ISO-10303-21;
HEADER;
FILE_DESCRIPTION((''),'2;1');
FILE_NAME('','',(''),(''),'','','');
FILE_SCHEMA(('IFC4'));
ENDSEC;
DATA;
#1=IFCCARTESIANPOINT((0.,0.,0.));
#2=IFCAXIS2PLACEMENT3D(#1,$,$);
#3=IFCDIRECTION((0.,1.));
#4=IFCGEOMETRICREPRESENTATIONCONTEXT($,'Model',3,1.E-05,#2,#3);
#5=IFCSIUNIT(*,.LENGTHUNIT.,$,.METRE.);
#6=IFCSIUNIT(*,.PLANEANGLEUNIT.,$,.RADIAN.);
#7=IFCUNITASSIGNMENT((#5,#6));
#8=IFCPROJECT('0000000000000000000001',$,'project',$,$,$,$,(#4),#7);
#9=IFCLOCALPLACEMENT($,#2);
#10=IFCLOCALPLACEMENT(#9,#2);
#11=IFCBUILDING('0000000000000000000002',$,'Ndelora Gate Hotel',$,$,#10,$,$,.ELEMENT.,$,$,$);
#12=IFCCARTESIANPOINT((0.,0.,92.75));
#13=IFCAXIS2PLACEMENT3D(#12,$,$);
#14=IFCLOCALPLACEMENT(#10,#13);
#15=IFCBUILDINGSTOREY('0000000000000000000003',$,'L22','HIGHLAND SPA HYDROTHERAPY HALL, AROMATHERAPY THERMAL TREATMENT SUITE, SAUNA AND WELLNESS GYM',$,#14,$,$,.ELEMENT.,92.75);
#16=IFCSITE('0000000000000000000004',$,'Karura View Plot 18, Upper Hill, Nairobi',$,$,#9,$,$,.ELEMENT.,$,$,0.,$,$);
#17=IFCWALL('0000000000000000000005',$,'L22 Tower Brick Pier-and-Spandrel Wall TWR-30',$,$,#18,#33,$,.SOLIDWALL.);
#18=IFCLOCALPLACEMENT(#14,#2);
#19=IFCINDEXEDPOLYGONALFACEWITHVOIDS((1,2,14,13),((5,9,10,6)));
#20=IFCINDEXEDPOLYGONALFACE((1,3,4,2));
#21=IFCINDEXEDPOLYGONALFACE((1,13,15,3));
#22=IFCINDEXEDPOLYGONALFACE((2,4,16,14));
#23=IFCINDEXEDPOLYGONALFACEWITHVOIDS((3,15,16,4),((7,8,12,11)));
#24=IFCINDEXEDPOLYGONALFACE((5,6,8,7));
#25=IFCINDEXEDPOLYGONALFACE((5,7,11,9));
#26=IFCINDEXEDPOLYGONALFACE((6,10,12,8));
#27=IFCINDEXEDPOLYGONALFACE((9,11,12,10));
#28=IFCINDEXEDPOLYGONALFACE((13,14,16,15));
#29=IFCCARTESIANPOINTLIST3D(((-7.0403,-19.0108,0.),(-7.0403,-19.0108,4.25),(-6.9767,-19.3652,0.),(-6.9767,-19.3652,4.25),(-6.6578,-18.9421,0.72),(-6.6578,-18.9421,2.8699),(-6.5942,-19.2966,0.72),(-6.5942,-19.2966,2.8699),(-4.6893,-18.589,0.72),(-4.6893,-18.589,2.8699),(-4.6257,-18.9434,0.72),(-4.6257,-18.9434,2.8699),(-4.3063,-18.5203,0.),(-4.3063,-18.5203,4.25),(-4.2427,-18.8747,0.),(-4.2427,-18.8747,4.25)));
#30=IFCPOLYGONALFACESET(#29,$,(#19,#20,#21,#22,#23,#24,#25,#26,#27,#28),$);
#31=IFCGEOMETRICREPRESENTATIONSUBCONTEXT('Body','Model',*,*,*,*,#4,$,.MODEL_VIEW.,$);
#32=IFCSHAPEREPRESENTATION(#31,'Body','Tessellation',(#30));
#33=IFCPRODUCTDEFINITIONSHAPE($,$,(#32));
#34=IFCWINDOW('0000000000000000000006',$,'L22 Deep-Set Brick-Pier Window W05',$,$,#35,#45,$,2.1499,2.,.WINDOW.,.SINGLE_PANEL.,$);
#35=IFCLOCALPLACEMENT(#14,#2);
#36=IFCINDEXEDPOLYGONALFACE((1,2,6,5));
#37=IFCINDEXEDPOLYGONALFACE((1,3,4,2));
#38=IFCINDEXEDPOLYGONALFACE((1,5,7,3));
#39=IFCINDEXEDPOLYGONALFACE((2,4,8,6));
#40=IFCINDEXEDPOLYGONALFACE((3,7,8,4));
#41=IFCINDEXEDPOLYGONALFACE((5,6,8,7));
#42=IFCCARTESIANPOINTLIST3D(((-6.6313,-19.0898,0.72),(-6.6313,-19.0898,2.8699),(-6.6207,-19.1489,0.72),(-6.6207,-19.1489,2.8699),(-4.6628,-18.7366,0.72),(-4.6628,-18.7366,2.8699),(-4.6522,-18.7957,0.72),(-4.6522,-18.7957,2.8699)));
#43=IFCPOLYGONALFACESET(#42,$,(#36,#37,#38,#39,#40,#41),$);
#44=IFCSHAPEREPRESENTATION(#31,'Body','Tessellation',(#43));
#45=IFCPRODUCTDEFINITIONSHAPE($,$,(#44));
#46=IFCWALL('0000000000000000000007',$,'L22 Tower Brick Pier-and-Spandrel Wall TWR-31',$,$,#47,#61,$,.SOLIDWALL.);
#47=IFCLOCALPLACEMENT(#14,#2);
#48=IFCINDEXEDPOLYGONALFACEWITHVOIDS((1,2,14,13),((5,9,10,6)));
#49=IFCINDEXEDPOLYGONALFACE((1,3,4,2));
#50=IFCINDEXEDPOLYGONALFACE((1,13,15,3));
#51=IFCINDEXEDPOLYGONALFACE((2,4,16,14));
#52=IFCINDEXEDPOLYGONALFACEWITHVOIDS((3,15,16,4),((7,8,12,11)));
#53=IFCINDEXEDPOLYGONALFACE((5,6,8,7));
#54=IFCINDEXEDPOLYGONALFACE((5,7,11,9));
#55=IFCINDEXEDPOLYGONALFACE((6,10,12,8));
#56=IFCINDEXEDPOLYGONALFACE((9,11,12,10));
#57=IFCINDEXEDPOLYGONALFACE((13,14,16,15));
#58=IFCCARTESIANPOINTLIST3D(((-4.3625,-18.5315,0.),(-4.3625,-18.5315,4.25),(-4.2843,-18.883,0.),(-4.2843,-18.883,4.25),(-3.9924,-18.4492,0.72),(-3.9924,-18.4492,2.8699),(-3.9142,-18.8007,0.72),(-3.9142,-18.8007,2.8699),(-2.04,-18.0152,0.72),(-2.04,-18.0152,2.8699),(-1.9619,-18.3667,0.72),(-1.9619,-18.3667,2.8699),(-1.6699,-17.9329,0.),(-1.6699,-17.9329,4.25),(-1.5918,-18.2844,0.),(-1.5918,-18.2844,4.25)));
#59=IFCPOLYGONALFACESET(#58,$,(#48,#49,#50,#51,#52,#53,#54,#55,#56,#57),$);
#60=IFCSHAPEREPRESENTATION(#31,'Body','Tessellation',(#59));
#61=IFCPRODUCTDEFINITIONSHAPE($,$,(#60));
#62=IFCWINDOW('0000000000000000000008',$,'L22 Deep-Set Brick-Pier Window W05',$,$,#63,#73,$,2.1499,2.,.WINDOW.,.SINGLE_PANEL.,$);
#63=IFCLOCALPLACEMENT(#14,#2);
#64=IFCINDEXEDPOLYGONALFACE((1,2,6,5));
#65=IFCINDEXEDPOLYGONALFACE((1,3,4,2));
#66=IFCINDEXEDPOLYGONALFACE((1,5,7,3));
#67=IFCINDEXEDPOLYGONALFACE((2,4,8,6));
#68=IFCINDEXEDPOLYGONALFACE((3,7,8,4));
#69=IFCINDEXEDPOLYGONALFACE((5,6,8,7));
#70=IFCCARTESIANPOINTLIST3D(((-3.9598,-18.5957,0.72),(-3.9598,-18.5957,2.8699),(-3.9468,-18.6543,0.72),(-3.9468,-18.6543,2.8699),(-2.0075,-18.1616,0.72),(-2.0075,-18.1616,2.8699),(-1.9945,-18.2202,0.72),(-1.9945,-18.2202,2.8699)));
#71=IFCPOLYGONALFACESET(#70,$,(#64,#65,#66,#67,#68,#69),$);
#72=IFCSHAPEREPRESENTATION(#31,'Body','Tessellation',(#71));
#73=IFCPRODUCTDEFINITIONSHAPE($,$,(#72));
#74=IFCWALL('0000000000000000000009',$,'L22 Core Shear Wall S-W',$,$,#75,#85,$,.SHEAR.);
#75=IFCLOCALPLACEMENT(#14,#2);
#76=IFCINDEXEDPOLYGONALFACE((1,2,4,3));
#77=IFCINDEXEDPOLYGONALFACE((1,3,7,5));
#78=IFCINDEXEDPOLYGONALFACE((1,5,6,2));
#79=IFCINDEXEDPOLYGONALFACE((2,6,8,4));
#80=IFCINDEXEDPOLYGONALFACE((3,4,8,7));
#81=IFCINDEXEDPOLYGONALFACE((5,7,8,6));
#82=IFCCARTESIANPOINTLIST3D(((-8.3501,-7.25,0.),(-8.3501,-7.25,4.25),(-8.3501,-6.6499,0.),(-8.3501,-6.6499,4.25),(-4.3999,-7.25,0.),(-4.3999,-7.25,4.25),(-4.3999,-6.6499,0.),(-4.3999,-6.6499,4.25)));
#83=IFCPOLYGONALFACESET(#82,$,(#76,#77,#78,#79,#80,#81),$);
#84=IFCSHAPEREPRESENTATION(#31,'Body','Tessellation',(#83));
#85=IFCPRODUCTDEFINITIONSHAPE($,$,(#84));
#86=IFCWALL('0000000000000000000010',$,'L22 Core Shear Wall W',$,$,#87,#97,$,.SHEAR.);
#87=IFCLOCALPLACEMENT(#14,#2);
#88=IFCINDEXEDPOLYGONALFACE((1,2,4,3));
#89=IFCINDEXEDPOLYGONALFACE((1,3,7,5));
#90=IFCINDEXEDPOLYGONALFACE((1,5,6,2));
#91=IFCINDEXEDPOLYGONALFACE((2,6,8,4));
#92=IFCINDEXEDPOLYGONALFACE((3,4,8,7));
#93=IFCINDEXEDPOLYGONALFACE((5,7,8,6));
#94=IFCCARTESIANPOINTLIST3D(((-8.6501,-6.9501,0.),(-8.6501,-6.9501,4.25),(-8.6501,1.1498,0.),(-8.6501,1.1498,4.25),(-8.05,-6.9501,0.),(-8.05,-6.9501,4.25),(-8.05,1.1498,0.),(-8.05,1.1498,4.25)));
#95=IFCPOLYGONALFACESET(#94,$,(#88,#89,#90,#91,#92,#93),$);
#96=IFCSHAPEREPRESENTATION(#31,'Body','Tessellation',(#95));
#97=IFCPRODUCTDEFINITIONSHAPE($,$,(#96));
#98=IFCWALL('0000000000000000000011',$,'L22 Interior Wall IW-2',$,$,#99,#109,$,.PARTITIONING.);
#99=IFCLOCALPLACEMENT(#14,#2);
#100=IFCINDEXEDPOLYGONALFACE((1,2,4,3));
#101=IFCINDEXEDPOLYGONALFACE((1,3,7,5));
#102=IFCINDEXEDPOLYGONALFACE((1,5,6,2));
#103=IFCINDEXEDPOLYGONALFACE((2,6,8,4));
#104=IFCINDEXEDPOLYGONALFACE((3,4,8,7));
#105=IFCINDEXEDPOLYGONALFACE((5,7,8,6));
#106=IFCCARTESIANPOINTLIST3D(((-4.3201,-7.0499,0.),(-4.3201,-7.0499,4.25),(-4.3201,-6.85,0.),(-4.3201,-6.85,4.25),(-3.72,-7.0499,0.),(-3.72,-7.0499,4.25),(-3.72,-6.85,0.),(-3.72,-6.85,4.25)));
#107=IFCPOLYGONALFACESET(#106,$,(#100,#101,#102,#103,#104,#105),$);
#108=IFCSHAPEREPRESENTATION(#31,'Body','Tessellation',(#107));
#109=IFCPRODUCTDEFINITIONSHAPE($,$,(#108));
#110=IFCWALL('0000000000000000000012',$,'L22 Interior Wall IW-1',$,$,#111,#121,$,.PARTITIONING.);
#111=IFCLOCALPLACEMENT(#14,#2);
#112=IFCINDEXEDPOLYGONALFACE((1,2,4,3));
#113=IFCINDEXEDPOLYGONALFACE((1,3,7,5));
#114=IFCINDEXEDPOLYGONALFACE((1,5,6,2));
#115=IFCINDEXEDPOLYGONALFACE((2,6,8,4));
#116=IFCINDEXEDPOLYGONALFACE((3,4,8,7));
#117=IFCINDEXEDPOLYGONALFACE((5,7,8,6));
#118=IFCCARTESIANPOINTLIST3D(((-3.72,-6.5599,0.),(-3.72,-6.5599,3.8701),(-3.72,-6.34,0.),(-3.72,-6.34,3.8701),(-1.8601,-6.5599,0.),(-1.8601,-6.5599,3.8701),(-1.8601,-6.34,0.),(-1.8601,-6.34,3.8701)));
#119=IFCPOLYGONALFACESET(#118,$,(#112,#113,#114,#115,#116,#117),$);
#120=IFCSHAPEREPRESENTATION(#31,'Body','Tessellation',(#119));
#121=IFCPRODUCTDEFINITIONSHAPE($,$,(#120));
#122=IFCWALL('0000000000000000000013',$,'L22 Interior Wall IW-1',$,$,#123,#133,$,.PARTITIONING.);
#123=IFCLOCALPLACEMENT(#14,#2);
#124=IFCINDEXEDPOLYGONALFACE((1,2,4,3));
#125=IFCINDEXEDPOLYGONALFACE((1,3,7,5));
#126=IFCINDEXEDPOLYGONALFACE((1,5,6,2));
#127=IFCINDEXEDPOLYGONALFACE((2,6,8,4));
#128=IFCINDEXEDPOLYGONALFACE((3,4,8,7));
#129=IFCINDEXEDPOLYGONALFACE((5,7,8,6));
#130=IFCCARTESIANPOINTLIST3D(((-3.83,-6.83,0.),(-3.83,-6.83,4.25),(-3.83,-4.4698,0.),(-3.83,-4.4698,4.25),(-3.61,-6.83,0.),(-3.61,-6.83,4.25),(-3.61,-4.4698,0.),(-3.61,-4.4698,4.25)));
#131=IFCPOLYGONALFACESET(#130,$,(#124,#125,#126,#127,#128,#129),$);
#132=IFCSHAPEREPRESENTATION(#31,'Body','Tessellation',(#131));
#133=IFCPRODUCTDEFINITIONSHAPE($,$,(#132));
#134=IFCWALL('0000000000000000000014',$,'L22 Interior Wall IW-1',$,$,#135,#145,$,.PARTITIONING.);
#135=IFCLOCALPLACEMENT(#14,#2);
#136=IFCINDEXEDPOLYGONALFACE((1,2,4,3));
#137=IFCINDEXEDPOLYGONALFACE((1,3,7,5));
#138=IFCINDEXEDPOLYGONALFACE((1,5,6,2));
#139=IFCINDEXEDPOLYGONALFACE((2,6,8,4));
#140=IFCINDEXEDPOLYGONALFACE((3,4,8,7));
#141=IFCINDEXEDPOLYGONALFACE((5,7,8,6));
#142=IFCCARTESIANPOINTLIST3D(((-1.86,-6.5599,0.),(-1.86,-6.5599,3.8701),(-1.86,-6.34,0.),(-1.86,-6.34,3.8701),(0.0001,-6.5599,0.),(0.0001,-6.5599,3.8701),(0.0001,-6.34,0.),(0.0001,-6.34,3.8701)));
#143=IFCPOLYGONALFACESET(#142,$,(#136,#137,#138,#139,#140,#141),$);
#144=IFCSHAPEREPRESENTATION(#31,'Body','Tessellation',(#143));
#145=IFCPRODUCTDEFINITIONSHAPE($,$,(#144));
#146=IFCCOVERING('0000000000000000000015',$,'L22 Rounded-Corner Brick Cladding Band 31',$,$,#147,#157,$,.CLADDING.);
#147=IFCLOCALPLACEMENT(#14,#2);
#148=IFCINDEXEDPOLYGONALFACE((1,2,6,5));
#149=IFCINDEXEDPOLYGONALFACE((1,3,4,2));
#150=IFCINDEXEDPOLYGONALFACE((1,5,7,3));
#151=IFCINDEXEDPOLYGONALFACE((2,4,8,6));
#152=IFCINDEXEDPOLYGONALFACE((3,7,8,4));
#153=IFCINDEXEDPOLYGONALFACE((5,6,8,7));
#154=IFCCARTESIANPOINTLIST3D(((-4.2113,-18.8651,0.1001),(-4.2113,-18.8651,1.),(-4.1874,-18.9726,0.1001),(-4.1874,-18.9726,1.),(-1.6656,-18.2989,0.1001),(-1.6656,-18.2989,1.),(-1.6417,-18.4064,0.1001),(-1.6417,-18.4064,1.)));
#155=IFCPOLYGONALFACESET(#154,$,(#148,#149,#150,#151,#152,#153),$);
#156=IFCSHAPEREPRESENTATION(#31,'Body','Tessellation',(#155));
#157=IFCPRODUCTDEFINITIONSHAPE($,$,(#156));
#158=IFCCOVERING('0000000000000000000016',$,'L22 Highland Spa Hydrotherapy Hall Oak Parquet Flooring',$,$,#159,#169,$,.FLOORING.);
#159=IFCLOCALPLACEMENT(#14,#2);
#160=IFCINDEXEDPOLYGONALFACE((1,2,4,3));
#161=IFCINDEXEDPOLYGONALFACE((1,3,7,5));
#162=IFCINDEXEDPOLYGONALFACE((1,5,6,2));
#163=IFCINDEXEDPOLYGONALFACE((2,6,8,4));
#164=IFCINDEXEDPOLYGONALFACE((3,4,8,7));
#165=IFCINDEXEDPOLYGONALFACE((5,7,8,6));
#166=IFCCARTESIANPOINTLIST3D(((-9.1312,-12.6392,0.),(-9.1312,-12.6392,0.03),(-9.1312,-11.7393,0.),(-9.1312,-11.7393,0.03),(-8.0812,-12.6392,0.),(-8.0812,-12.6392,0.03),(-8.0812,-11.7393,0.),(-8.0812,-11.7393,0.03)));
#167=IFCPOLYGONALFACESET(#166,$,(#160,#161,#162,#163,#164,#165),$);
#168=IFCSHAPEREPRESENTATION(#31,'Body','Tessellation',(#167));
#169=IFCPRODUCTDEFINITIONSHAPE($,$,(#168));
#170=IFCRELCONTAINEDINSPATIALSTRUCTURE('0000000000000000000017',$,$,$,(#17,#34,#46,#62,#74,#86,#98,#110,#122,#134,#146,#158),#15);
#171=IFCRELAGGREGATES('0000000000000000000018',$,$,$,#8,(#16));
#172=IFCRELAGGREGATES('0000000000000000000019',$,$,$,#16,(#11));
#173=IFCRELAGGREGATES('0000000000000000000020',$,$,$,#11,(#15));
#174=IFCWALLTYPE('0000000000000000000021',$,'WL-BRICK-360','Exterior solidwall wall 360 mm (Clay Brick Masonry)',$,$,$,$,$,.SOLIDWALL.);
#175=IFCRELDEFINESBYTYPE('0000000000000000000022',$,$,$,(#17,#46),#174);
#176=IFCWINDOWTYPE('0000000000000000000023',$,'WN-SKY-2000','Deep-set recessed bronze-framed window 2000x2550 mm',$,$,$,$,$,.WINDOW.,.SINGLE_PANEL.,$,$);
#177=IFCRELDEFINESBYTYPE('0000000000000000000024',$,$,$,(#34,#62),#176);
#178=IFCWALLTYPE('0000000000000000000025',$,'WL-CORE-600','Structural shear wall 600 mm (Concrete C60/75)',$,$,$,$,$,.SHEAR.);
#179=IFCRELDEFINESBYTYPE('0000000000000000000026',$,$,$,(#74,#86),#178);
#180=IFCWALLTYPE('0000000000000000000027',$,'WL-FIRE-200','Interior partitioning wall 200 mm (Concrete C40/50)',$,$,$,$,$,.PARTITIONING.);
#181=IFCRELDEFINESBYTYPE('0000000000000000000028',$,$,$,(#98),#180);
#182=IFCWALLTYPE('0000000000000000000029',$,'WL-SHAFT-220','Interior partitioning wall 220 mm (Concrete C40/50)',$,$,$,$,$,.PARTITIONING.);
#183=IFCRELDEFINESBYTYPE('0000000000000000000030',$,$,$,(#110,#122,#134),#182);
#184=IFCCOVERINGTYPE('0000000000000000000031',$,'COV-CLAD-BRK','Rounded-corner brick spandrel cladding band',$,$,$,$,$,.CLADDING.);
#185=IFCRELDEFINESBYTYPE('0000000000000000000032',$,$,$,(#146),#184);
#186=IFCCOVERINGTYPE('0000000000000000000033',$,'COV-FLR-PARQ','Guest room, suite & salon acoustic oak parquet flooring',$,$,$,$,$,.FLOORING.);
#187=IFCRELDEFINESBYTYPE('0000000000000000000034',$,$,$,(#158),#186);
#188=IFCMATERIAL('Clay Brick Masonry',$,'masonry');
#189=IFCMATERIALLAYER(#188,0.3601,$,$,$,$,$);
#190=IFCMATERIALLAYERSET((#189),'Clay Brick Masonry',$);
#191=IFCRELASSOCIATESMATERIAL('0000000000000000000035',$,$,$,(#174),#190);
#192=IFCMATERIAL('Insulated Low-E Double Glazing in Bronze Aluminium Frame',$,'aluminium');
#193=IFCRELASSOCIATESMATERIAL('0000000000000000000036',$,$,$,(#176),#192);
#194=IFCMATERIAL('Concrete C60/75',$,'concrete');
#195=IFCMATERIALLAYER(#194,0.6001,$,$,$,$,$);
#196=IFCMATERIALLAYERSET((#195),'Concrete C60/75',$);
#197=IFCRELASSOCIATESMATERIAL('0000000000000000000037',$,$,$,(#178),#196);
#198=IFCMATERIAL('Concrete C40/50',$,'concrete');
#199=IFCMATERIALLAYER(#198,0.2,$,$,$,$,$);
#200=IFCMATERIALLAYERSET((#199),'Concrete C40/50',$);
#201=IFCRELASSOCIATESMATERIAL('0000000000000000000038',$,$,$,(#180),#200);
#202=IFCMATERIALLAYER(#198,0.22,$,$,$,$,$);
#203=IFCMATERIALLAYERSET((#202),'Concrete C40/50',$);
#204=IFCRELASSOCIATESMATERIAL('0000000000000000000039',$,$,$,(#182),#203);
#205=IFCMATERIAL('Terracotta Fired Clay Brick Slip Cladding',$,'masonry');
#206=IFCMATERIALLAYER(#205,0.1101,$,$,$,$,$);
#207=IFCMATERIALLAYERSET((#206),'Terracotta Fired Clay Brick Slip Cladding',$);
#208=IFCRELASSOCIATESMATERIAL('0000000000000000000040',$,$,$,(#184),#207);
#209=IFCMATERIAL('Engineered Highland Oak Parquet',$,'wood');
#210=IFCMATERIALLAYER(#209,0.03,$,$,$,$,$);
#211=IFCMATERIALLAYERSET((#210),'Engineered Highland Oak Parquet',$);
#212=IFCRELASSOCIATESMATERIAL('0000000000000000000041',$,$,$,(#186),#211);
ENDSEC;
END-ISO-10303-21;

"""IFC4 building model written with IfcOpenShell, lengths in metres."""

from ifc_helpers import new_model, si_unit, direction, frame, frame_2d, origin, origin_2d, place, context, subcontext, project, spatial, rectangle, extrude, material, layer, layer_set, type_object, element, fill, save


model = new_model("IFC4")

# Units and contexts
model_context = context("Model", 3, precision=1e-05, world=origin(), true_north=direction((0.0, 1.0)))
body_context = subcontext(model_context, "Body", "Model", "MODEL_VIEW")
ifc_project = project(units=[si_unit("LENGTHUNIT", "METRE"), si_unit("PLANEANGLEUNIT", "RADIAN")], contexts=[model_context])

# Site, building, storey
site_placement = place(None, origin())
site = spatial("IfcSite", under=ifc_project, at=site_placement, Name="Karura View Plot 18, Upper Hill, Nairobi", CompositionType="ELEMENT", RefElevation=0.0)
building_placement = place(site_placement, origin())
building = spatial("IfcBuilding", under=site, at=building_placement, Name="Ndelora Gate Hotel", CompositionType="ELEMENT")
storey_placement = place(building_placement, frame((0.0, 0.0, 92.75)))
storey = spatial("IfcBuildingStorey", under=building, at=storey_placement, Name="L22", Description="HIGHLAND SPA HYDROTHERAPY HALL, AROMATHERAPY THERMAL TREATMENT SUITE, SAUNA AND WELLNESS GYM", CompositionType="ELEMENT", Elevation=92.75)

# Shared definitions
ifc_material_1 = material(Name="Concrete C60/75", Category="concrete")

# Shared definitions
ifc_material_2 = material(Name="Clay Brick Masonry", Category="masonry")
ifc_layer_1 = layer(ifc_material_2, 0.3601)
ifc_layer_set_1 = layer_set([ifc_layer_1], Name="Clay Brick Masonry")
wall_type_1 = type_object("IfcWallType", Name="WL-BRICK-360", Description="Exterior solidwall wall 360 mm (Clay Brick Masonry)", PredefinedType="SOLIDWALL", material=ifc_layer_set_1)

# Walls, openings, windows
ifc_material_3 = material(Name="Insulated Low-E Double Glazing in Bronze Aluminium Frame", Category="aluminium")
window_type = type_object("IfcWindowType", Name="WN-SKY-2000", Description="Deep-set recessed bronze-framed window 2000x2550 mm", PartitioningType="SINGLE_PANEL", PredefinedType="WINDOW", material=ifc_material_3)
wall_1_placement = place(storey_placement, frame((-4.2747, -18.6975, 0.0), z_axis=(0.0, 0.0, 1.0), x_axis=(-0.984285, -0.176588, 0.0)))
wall_1 = element("IfcWall", 1, at=wall_1_placement, inside=storey, type_object=wall_type_1, Name="L22 Tower Brick Pier-and-Spandrel Wall TWR-30", PredefinedType="SOLIDWALL", context=body_context, shape_type="SweptSolid", body=[
    extrude(rectangle(XDim=2.7776, YDim=0.3601, at=frame_2d((1.3887, 0.0))), origin(), (0.0, 0.0, 1.0), 4.25),
])
opening_1_placement = place(wall_1_placement, frame((0.3889, 0.0, 0.72)))
opening_1 = element("IfcOpeningElement", 2, at=opening_1_placement, cuts=wall_1, PredefinedType="OPENING", context=body_context, shape_type="SweptSolid", body=[
    extrude(rectangle(XDim=2.0, YDim=2.1499, at=frame_2d((1.0, 1.075))), frame((0.0, 0.1899, 0.0), z_axis=(0.0, -1.0, 0.0), x_axis=(1.0, 0.0, 0.0)), (0.0, 0.0, 1.0), 0.3801),
])
window_1_placement = place(opening_1_placement, origin())
window_1 = element("IfcWindow", 3, at=window_1_placement, inside=storey, type_object=window_type, Name="L22 Deep-Set Brick-Pier Window W05", OverallHeight=2.1499, OverallWidth=2.0, PartitioningType="SINGLE_PANEL", PredefinedType="WINDOW", context=body_context, shape_type="SweptSolid", body=[
    extrude(rectangle(XDim=2.0, YDim=2.1499, at=frame_2d((1.0, 1.075))), frame((0.0, 0.03, 0.0), z_axis=(0.0, -1.0, 0.0), x_axis=(1.0, 0.0, 0.0)), (0.0, 0.0, 1.0), 0.0601),
])
fill(opening_1, window_1)
wall_2_placement = place(storey_placement, frame((-1.6309, -18.1086, 0.0), z_axis=(0.0, 0.0, 1.0), x_axis=(-0.976166, -0.217024, 0.0)))
wall_2 = element("IfcWall", 4, at=wall_2_placement, inside=storey, type_object=wall_type_1, Name="L22 Tower Brick Pier-and-Spandrel Wall TWR-31", PredefinedType="SOLIDWALL", context=body_context, shape_type="SweptSolid", body=[
    extrude(rectangle(XDim=2.7583, YDim=0.3601, at=frame_2d((1.3792, 0.0))), origin(), (0.0, 0.0, 1.0), 4.25),
])
opening_2_placement = place(wall_2_placement, frame((0.3792, 0.0, 0.72)))
opening_2 = element("IfcOpeningElement", 5, at=opening_2_placement, cuts=wall_2, PredefinedType="OPENING", context=body_context, shape_type="SweptSolid", body=[
    extrude(rectangle(XDim=2.0, YDim=2.1499, at=frame_2d((1.0, 1.075))), frame((0.0, 0.1899, 0.0), z_axis=(0.0, -1.0, 0.0), x_axis=(1.0, 0.0, 0.0)), (0.0, 0.0, 1.0), 0.3801),
])
window_2_placement = place(opening_2_placement, origin())
window_2 = element("IfcWindow", 6, at=window_2_placement, inside=storey, type_object=window_type, Name="L22 Deep-Set Brick-Pier Window W05", OverallHeight=2.1499, OverallWidth=2.0, PartitioningType="SINGLE_PANEL", PredefinedType="WINDOW", context=body_context, shape_type="SweptSolid", body=[
    extrude(rectangle(XDim=2.0, YDim=2.1499, at=frame_2d((1.0, 1.075))), frame((0.0, 0.03, 0.0), z_axis=(0.0, -1.0, 0.0), x_axis=(1.0, 0.0, 0.0)), (0.0, 0.0, 1.0), 0.0601),
])
fill(opening_2, window_2)

# Walls
ifc_layer_2 = layer(ifc_material_1, 0.6001)
ifc_layer_set_2 = layer_set([ifc_layer_2], Name="Concrete C60/75")
wall_type_2 = type_object("IfcWallType", Name="WL-CORE-600", Description="Structural shear wall 600 mm (Concrete C60/75)", PredefinedType="SHEAR", material=ifc_layer_set_2)
wall_3_placement = place(storey_placement, frame((-8.3501, -6.95, 0.0), z_axis=(0.0, 0.0, 1.0), x_axis=(1.0, 0.0, 0.0)))
element("IfcWall", 7, at=wall_3_placement, inside=storey, type_object=wall_type_2, Name="L22 Core Shear Wall S-W", PredefinedType="SHEAR", context=body_context, shape_type="SweptSolid", body=[
    extrude(rectangle(XDim=3.9502, YDim=0.6001, at=frame_2d((1.9751, 0.0))), origin(), (0.0, 0.0, 1.0), 4.25),
])
wall_4_placement = place(storey_placement, frame((-8.3501, -6.95, 0.0), z_axis=(0.0, 0.0, 1.0), x_axis=(0.0, 1.0, 0.0)))
element("IfcWall", 8, at=wall_4_placement, inside=storey, type_object=wall_type_2, Name="L22 Core Shear Wall W", PredefinedType="SHEAR", context=body_context, shape_type="SweptSolid", body=[
    extrude(rectangle(XDim=8.0999, YDim=0.6001, at=frame_2d((4.0498, 0.0))), origin(), (0.0, 0.0, 1.0), 4.25),
])
ifc_material_4 = material(Name="Concrete C40/50", Category="concrete")
ifc_layer_3 = layer(ifc_material_4, 0.2)
ifc_layer_set_3 = layer_set([ifc_layer_3], Name="Concrete C40/50")
wall_type_3 = type_object("IfcWallType", Name="WL-FIRE-200", Description="Interior partitioning wall 200 mm (Concrete C40/50)", PredefinedType="PARTITIONING", material=ifc_layer_set_3)
wall_5_placement = place(storey_placement, frame((-4.3201, -6.95, 0.0), z_axis=(0.0, 0.0, 1.0), x_axis=(1.0, 0.0, 0.0)))
element("IfcWall", 9, at=wall_5_placement, inside=storey, type_object=wall_type_3, Name="L22 Interior Wall IW-2", PredefinedType="PARTITIONING", context=body_context, shape_type="SweptSolid", body=[
    extrude(rectangle(XDim=0.6001, YDim=0.2, at=frame_2d((0.3, 0.0))), origin(), (0.0, 0.0, 1.0), 4.25),
])
ifc_layer_4 = layer(ifc_material_4, 0.22)
ifc_layer_set_4 = layer_set([ifc_layer_4], Name="Concrete C40/50")
wall_type_4 = type_object("IfcWallType", Name="WL-SHAFT-220", Description="Interior partitioning wall 220 mm (Concrete C40/50)", PredefinedType="PARTITIONING", material=ifc_layer_set_4)
wall_6_placement = place(storey_placement, frame((-3.72, -6.45, 0.0), z_axis=(0.0, 0.0, 1.0), x_axis=(1.0, 0.0, 0.0)))
element("IfcWall", 10, at=wall_6_placement, inside=storey, type_object=wall_type_4, Name="L22 Interior Wall IW-1", PredefinedType="PARTITIONING", context=body_context, shape_type="SweptSolid", body=[
    extrude(rectangle(XDim=1.8599, YDim=0.22, at=frame_2d((0.9299, 0.0))), origin(), (0.0, 0.0, 1.0), 3.8701),
])
wall_7_placement = place(storey_placement, frame((-3.72, -6.8301, 0.0), z_axis=(0.0, 0.0, 1.0), x_axis=(0.0, 1.0, 0.0)))
element("IfcWall", 11, at=wall_7_placement, inside=storey, type_object=wall_type_4, Name="L22 Interior Wall IW-1", PredefinedType="PARTITIONING", context=body_context, shape_type="SweptSolid", body=[
    extrude(rectangle(XDim=2.3601, YDim=0.22, at=frame_2d((1.1802, 0.0))), origin(), (0.0, 0.0, 1.0), 4.25),
])
wall_8_placement = place(storey_placement, frame((-1.8601, -6.45, 0.0), z_axis=(0.0, 0.0, 1.0), x_axis=(1.0, 0.0, 0.0)))
element("IfcWall", 12, at=wall_8_placement, inside=storey, type_object=wall_type_4, Name="L22 Interior Wall IW-1", PredefinedType="PARTITIONING", context=body_context, shape_type="SweptSolid", body=[
    extrude(rectangle(XDim=1.8601, YDim=0.22, at=frame_2d((0.9302, 0.0))), origin(), (0.0, 0.0, 1.0), 3.8701),
])

# Coverings
ifc_material_5 = material(Name="Terracotta Fired Clay Brick Slip Cladding", Category="masonry")
ifc_layer_5 = layer(ifc_material_5, 0.1101)
ifc_layer_set_5 = layer_set([ifc_layer_5], Name="Terracotta Fired Clay Brick Slip Cladding")
covering_type_1 = type_object("IfcCoveringType", Name="COV-CLAD-BRK", Description="Rounded-corner brick spandrel cladding band", PredefinedType="CLADDING", material=ifc_layer_set_5)
covering_1_placement = place(storey_placement, frame((-2.9265, -18.6357, 0.1001), z_axis=(0.0, 0.0, 1.0), x_axis=(0.976145, 0.217121, 0.0)))
element("IfcCovering", 13, at=covering_1_placement, inside=storey, type_object=covering_type_1, Name="L22 Rounded-Corner Brick Cladding Band 31", PredefinedType="CLADDING", context=body_context, shape_type="SweptSolid", body=[
    extrude(rectangle(XDim=2.6079, YDim=0.1101, at=origin_2d()), origin(), (0.0, 0.0, 1.0), 0.8999),
])
ifc_material_6 = material(Name="Engineered Highland Oak Parquet", Category="wood")
ifc_layer_6 = layer(ifc_material_6, 0.03)
ifc_layer_set_6 = layer_set([ifc_layer_6], Name="Engineered Highland Oak Parquet")
covering_type_2 = type_object("IfcCoveringType", Name="COV-FLR-PARQ", Description="Guest room, suite & salon acoustic oak parquet flooring", PredefinedType="FLOORING", material=ifc_layer_set_6)
covering_2_placement = place(storey_placement, frame((-8.6062, -12.1892, 0.0), z_axis=(0.0, 0.0, 1.0), x_axis=(1.0, 0.0, 0.0)))
element("IfcCovering", 14, at=covering_2_placement, inside=storey, type_object=covering_type_2, Name="L22 Highland Spa Hydrotherapy Hall Oak Parquet Flooring", PredefinedType="FLOORING", context=body_context, shape_type="SweptSolid", body=[
    extrude(rectangle(XDim=1.05, YDim=0.8999, at=origin_2d()), origin(), (0.0, 0.0, 1.0), 0.03),
])

save(model, "model.ifc")
